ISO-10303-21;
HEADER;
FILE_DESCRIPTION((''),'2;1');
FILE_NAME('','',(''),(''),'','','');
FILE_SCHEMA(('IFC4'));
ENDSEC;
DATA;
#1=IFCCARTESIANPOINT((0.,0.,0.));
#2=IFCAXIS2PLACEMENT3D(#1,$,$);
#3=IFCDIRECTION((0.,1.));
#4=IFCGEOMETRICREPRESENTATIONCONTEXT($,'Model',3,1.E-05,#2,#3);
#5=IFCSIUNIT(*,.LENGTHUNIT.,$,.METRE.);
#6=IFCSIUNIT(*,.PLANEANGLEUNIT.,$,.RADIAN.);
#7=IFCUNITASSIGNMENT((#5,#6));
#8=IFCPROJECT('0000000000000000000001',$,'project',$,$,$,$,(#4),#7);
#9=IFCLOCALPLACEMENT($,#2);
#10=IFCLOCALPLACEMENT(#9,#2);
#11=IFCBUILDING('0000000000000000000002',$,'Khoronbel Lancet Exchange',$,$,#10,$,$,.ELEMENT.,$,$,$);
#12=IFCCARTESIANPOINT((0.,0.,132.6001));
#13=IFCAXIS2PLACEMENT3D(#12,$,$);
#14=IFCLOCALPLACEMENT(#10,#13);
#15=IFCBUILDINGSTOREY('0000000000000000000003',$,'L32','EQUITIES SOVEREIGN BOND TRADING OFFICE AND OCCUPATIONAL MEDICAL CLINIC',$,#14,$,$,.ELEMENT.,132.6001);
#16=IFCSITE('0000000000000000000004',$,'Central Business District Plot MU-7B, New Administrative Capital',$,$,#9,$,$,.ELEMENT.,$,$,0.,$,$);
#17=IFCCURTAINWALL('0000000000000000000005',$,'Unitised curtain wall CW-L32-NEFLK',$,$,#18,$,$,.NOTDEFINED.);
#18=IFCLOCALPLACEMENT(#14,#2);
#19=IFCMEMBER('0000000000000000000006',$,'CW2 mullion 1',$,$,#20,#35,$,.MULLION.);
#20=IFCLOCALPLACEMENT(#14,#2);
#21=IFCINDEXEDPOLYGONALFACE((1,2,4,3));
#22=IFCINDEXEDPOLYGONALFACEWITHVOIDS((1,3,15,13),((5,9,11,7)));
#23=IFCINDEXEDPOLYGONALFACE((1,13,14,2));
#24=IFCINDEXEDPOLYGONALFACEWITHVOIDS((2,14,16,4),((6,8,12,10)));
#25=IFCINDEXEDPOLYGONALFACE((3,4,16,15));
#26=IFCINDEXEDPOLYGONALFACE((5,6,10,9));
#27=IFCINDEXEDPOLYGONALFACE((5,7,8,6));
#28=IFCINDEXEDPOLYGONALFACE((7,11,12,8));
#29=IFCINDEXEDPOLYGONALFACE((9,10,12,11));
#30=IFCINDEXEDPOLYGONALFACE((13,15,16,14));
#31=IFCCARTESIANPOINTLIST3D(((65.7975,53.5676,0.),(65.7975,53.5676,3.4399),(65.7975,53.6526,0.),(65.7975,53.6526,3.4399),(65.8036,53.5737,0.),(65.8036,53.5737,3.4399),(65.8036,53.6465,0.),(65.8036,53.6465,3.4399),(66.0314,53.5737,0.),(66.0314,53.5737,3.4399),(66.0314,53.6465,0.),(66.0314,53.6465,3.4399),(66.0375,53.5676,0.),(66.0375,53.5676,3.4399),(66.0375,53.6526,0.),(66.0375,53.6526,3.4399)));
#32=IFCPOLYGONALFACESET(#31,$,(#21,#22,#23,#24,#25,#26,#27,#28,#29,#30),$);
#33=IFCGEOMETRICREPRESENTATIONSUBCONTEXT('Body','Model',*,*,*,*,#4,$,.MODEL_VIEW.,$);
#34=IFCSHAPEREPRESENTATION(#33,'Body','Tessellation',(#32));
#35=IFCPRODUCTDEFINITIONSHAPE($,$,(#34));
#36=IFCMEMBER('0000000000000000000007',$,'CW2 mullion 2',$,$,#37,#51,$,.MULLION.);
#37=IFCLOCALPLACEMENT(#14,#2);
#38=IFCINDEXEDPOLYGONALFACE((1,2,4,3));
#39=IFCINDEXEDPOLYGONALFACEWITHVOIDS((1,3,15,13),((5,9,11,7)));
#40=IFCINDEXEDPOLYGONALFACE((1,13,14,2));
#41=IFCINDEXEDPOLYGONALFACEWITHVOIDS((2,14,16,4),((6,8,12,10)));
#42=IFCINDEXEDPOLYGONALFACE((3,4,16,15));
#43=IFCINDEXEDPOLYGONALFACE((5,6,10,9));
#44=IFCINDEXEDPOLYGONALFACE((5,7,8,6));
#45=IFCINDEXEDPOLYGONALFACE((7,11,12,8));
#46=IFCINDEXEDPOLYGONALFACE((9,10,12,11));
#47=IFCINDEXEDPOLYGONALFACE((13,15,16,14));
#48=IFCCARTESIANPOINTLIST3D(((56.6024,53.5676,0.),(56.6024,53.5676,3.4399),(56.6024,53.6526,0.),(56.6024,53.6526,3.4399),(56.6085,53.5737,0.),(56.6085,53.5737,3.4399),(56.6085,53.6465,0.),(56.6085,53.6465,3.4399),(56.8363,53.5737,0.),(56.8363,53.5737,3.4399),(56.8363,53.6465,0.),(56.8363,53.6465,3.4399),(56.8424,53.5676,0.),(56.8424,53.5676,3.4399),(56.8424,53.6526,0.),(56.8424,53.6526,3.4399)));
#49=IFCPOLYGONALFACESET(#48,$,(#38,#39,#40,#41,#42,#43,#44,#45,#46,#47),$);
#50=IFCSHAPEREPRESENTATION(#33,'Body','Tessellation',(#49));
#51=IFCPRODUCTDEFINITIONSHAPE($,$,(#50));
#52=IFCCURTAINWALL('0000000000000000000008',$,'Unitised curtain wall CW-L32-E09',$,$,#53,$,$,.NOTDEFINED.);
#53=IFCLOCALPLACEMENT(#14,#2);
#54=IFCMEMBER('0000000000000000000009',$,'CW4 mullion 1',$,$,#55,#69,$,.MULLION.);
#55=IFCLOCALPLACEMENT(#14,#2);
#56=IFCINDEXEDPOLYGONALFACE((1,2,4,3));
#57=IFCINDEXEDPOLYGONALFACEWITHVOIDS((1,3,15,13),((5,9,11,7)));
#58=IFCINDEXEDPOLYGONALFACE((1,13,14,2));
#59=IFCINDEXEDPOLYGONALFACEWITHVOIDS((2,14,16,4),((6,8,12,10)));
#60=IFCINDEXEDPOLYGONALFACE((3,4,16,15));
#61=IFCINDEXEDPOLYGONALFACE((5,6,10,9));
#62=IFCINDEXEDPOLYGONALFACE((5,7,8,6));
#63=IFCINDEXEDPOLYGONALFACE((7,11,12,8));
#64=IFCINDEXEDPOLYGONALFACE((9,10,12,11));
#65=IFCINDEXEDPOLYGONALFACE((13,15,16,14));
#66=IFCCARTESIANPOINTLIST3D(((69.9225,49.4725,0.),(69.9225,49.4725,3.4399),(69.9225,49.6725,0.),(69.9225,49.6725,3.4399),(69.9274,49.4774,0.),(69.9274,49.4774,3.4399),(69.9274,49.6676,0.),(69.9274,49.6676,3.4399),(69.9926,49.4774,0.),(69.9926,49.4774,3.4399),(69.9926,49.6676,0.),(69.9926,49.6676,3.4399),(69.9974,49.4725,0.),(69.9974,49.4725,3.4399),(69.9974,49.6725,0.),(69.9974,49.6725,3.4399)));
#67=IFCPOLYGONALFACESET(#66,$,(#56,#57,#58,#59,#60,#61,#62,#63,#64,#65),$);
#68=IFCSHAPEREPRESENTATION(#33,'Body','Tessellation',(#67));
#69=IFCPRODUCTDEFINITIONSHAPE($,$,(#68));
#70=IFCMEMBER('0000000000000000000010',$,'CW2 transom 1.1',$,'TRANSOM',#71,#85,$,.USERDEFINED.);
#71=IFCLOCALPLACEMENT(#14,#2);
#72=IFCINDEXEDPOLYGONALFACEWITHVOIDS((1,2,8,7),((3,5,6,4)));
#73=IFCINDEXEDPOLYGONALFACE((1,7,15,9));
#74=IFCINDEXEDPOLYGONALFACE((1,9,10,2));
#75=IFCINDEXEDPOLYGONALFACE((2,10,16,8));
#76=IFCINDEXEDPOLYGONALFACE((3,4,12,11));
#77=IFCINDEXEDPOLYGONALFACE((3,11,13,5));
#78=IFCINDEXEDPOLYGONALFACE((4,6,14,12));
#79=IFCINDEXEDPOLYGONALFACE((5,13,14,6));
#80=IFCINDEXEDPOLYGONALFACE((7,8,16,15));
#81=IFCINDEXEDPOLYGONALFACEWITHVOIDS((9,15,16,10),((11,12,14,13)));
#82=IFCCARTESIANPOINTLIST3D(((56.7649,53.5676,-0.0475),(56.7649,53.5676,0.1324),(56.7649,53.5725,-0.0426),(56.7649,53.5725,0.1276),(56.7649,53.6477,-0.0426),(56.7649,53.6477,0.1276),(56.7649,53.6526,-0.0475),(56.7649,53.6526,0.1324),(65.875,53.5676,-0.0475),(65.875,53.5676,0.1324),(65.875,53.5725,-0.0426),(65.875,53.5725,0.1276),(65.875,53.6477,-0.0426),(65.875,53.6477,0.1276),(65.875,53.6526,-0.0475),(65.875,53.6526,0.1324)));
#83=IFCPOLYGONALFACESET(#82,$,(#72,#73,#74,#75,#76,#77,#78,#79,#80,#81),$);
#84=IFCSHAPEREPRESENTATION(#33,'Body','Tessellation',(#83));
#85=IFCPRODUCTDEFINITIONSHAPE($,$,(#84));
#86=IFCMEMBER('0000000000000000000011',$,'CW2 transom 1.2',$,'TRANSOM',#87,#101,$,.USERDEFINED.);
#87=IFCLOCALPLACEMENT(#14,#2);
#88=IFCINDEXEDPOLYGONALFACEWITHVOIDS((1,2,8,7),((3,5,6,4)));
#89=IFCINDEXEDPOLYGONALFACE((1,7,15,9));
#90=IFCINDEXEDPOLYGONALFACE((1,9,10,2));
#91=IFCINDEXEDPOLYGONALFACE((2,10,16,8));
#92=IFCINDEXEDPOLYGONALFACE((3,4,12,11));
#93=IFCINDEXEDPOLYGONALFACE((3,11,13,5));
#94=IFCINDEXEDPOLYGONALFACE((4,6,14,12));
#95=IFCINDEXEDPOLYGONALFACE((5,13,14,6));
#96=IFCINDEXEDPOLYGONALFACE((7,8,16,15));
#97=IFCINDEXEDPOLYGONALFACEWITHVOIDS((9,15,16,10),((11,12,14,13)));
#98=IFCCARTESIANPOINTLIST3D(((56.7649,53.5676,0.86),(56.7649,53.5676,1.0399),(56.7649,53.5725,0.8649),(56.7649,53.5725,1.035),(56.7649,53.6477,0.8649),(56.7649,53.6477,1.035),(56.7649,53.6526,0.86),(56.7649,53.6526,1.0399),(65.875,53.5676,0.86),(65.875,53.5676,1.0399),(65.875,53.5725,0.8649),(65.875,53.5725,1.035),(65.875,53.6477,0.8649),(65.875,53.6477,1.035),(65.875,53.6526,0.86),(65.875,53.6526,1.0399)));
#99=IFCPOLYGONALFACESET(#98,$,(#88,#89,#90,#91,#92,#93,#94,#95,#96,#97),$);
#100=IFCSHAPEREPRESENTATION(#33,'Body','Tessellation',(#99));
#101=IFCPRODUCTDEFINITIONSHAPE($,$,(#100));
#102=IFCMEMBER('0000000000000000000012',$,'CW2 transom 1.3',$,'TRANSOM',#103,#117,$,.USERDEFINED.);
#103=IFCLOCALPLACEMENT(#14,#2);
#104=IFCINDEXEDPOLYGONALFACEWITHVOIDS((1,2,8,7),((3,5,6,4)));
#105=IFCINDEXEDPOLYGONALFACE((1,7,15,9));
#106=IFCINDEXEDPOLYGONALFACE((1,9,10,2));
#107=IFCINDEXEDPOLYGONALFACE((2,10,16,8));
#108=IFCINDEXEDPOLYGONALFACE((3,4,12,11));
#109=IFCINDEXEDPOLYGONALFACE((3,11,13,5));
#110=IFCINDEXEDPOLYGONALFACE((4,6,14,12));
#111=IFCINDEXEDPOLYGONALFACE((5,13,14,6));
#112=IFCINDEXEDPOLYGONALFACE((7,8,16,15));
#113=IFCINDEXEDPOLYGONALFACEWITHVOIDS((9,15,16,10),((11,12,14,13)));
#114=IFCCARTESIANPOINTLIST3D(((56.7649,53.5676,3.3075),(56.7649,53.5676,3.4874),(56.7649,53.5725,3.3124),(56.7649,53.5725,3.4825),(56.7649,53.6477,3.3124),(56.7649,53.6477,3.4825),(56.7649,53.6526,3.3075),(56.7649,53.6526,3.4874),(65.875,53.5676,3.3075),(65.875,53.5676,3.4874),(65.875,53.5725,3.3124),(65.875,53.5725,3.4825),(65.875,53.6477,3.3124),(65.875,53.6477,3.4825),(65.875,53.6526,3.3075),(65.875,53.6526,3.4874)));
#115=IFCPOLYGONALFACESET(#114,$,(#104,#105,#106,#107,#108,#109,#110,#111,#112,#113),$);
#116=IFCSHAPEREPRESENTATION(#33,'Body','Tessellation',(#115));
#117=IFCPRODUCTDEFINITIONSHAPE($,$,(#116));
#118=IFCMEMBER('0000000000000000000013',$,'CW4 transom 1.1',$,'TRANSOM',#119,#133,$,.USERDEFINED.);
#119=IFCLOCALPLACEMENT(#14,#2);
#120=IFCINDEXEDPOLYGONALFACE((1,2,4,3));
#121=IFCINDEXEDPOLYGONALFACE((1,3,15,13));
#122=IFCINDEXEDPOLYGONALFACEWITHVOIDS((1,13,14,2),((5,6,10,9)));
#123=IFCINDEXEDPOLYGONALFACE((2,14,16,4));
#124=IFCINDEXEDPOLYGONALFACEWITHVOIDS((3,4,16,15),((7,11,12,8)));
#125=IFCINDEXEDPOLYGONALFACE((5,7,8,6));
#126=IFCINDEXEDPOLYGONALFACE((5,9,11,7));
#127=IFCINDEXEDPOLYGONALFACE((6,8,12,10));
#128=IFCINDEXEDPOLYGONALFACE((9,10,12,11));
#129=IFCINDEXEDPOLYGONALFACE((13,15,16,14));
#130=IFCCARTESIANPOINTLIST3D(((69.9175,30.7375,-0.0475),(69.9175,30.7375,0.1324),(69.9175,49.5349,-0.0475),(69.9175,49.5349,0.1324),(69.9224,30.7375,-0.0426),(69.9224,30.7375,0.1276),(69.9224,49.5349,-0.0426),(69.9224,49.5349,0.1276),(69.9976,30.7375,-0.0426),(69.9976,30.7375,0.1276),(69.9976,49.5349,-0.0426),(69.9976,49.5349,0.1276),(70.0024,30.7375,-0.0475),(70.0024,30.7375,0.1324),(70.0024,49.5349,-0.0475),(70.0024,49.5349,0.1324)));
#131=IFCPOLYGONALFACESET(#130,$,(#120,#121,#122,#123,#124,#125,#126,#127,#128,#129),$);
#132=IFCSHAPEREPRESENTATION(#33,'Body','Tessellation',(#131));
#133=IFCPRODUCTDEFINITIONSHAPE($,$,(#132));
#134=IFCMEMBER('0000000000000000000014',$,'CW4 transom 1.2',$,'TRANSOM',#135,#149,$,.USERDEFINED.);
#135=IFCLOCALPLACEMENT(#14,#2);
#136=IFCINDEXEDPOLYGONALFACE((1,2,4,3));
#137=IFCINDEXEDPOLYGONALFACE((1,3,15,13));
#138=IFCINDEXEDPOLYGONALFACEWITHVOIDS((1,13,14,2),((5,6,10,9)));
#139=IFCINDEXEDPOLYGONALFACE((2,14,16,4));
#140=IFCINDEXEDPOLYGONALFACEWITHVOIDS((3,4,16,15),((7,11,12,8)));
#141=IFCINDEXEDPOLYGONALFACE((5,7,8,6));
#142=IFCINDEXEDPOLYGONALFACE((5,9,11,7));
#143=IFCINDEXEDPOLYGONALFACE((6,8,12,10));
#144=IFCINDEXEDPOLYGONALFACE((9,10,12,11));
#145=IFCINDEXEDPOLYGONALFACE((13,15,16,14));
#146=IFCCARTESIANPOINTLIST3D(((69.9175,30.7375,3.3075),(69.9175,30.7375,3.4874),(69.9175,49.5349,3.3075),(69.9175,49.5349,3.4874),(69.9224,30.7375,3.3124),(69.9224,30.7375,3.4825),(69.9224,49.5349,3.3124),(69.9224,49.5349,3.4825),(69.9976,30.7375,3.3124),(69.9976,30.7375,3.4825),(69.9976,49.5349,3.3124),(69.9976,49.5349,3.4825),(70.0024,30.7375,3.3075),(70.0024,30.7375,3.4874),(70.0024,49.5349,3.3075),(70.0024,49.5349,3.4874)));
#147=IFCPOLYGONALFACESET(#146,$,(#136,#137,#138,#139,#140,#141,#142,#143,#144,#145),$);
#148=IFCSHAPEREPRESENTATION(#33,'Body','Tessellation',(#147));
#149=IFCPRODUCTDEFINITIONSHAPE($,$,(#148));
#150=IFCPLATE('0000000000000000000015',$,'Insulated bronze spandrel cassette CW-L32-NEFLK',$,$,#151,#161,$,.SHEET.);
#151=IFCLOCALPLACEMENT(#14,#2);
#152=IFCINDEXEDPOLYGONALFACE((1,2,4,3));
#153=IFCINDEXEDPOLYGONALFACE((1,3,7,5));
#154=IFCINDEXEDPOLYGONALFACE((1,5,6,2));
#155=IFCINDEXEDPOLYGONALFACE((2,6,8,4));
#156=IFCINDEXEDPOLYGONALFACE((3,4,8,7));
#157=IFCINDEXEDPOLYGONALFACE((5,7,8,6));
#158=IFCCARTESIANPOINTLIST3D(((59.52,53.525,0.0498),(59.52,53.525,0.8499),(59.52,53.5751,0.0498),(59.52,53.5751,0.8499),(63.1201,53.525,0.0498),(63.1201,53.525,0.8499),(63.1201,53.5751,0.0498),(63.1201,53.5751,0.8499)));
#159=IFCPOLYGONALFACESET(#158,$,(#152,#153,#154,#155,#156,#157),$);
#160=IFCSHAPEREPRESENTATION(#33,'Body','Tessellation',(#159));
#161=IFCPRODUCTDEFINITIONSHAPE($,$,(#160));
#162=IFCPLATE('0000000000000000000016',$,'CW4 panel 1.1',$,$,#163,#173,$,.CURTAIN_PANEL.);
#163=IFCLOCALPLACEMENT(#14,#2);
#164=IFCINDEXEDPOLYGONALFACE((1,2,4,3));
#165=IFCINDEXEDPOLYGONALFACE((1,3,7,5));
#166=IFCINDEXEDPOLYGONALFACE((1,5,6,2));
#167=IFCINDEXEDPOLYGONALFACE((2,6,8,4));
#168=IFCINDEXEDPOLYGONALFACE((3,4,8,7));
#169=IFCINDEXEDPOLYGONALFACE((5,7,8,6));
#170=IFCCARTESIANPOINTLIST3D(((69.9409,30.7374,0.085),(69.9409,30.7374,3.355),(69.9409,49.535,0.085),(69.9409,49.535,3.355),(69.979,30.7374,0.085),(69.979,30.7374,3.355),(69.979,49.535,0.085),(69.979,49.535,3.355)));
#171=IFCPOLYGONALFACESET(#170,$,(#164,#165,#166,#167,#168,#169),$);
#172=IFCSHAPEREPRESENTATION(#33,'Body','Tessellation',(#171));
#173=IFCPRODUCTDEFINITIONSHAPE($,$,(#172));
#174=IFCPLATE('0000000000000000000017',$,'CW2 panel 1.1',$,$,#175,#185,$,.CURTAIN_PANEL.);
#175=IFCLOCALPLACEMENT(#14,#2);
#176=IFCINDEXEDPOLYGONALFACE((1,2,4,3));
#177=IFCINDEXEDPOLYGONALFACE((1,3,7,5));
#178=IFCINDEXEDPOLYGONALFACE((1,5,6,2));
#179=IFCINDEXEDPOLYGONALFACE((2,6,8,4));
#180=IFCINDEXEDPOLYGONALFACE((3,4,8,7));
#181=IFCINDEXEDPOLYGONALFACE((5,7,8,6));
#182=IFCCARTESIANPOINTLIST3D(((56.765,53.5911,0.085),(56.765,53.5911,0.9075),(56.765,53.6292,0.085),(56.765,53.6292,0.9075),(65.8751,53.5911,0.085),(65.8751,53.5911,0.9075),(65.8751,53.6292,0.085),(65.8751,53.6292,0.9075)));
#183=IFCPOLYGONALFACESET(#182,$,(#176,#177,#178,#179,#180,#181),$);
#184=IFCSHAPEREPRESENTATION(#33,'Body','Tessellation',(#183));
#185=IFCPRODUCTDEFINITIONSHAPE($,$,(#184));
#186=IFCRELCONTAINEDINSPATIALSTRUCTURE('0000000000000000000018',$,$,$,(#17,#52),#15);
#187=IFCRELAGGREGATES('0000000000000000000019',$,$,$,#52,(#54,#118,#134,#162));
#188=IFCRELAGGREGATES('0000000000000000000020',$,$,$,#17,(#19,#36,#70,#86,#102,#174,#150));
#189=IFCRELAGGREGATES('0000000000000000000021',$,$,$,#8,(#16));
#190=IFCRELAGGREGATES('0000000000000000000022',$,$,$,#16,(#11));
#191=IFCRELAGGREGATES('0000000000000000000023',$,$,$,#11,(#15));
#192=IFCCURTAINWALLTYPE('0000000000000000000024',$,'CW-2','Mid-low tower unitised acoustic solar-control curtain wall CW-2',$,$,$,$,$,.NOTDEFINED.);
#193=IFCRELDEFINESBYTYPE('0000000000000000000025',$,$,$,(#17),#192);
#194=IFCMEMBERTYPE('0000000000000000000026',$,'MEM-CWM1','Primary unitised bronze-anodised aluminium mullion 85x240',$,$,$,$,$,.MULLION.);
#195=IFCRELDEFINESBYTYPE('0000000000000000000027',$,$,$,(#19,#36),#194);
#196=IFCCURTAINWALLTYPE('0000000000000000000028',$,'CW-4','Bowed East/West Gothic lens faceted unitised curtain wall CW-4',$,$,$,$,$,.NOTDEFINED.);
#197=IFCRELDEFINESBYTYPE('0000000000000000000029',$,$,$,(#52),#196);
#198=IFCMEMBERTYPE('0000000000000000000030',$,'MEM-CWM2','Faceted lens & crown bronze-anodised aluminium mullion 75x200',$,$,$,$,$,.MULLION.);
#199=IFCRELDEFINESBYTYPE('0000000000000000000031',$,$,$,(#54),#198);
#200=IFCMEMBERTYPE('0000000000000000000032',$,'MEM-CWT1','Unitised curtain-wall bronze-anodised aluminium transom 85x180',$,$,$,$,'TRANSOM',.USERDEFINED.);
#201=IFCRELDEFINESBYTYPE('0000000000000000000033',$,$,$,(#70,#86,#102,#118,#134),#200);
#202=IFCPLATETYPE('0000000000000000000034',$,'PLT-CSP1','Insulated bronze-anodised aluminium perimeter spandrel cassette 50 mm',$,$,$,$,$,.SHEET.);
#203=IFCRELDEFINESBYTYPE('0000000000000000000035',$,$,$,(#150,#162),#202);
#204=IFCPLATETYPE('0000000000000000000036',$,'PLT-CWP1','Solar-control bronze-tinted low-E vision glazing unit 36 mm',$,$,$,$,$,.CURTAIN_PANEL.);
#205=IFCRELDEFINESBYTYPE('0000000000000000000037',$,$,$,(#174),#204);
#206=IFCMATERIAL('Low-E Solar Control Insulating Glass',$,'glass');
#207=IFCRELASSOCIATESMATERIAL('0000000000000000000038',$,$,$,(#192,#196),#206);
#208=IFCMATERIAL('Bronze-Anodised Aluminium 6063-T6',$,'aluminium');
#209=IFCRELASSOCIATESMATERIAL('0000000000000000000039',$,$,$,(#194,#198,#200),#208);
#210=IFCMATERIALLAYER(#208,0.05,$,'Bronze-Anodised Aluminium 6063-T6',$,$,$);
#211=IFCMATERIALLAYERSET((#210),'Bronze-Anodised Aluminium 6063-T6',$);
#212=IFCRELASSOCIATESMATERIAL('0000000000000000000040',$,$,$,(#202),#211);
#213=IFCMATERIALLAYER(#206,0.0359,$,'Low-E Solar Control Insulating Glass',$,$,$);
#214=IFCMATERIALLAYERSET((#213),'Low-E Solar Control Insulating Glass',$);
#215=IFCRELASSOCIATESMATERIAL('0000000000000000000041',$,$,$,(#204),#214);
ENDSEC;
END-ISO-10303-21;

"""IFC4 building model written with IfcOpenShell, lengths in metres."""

from ifc_helpers import new_model, si_unit, direction, frame, origin, origin_2d, place, context, subcontext, project, spatial, rectangle, hollow_rectangle, extrude, material, layer, layer_set, material_profile, profile_set, type_object, element, aggregate, save


model = new_model("IFC4")

# Units and contexts
model_context = context("Model", 3, precision=1e-05, world=origin(), true_north=direction((0.0, 1.0)))
body_context = subcontext(model_context, "Body", "Model", "MODEL_VIEW")
ifc_project = project(units=[si_unit("LENGTHUNIT", "METRE"), si_unit("PLANEANGLEUNIT", "RADIAN")], contexts=[model_context])

# Site, building, storey
site_placement = place(None, origin())
site = spatial("IfcSite", under=ifc_project, at=site_placement, Name="Central Business District Plot MU-7B, New Administrative Capital", CompositionType="ELEMENT", RefElevation=0.0)
building_placement = place(site_placement, origin())
building = spatial("IfcBuilding", under=site, at=building_placement, Name="Khoronbel Lancet Exchange", CompositionType="ELEMENT")
storey_placement = place(building_placement, frame((0.0, 0.0, 132.6001)))
storey = spatial("IfcBuildingStorey", under=building, at=storey_placement, Name="L32", Description="EQUITIES SOVEREIGN BOND TRADING OFFICE AND OCCUPATIONAL MEDICAL CLINIC", CompositionType="ELEMENT", Elevation=132.6001)

# Curtain wall, members
ifc_material_1 = material(Name="Low-E Solar Control Insulating Glass", Category="glass")
curtain_wall_type_1 = type_object("IfcCurtainWallType", Name="CW-2", Description="Mid-low tower unitised acoustic solar-control curtain wall CW-2", PredefinedType="NOTDEFINED", material=ifc_material_1)
curtain_wall_1_placement = place(storey_placement, origin())
curtain_wall_1 = element("IfcCurtainWall", 1, at=curtain_wall_1_placement, inside=storey, type_object=curtain_wall_type_1, Name="Unitised curtain wall CW-L32-NEFLK", PredefinedType="NOTDEFINED")
ifc_material_2 = material(Name="Bronze-Anodised Aluminium 6063-T6", Category="aluminium")
ifc_material_profile_1 = material_profile(ifc_material_2, hollow_rectangle(XDim=0.085, YDim=0.24, WallThickness=0.0061, at=origin_2d()), Name="ALU MULLION 85x240")
ifc_profile_set_1 = profile_set([ifc_material_profile_1], Name="Bronze-Anodised Aluminium 6063-T6")
member_type_1 = type_object("IfcMemberType", Name="MEM-CWM1", Description="Primary unitised bronze-anodised aluminium mullion 85x240", PredefinedType="MULLION", material=ifc_profile_set_1)
member_1_placement = place(storey_placement, frame((65.9175, 53.6101, 0.0), z_axis=(0.0, 0.0, 1.0), x_axis=(0.0, -1.0, 0.0)))
member_1 = element("IfcMember", 2, at=member_1_placement, type_object=member_type_1, Name="CW2 mullion 1", PredefinedType="MULLION", context=body_context, shape_type="SweptSolid", body=[
    extrude(hollow_rectangle(XDim=0.085, YDim=0.24, WallThickness=0.0061, at=origin_2d()), origin(), (0.0, 0.0, 1.0), 3.4399),
])
member_2_placement = place(storey_placement, frame((56.7224, 53.6101, 0.0), z_axis=(0.0, 0.0, 1.0), x_axis=(0.0, -1.0, 0.0)))
member_2 = element("IfcMember", 3, at=member_2_placement, type_object=member_type_1, Name="CW2 mullion 2", PredefinedType="MULLION", context=body_context, shape_type="SweptSolid", body=[
    extrude(hollow_rectangle(XDim=0.085, YDim=0.24, WallThickness=0.0061, at=origin_2d()), origin(), (0.0, 0.0, 1.0), 3.4399),
])

# Curtain wall, member
curtain_wall_type_2 = type_object("IfcCurtainWallType", Name="CW-4", Description="Bowed East/West Gothic lens faceted unitised curtain wall CW-4", PredefinedType="NOTDEFINED", material=ifc_material_1)
curtain_wall_2_placement = place(storey_placement, origin())
curtain_wall_2 = element("IfcCurtainWall", 4, at=curtain_wall_2_placement, inside=storey, type_object=curtain_wall_type_2, Name="Unitised curtain wall CW-L32-E09", PredefinedType="NOTDEFINED")
ifc_material_profile_2 = material_profile(ifc_material_2, hollow_rectangle(XDim=0.075, YDim=0.2, WallThickness=0.0049, at=origin_2d()), Name="ALU MULLION 75x200")
ifc_profile_set_2 = profile_set([ifc_material_profile_2], Name="Bronze-Anodised Aluminium 6063-T6")
member_type_2 = type_object("IfcMemberType", Name="MEM-CWM2", Description="Faceted lens & crown bronze-anodised aluminium mullion 75x200", PredefinedType="MULLION", material=ifc_profile_set_2)
member_3_placement = place(storey_placement, frame((69.96, 49.5725, 0.0), z_axis=(0.0, 0.0, 1.0), x_axis=(1.0, 0.0, 0.0)))
member_3 = element("IfcMember", 5, at=member_3_placement, type_object=member_type_2, Name="CW4 mullion 1", PredefinedType="MULLION", context=body_context, shape_type="SweptSolid", body=[
    extrude(hollow_rectangle(XDim=0.075, YDim=0.2, WallThickness=0.0049, at=origin_2d()), origin(), (0.0, 0.0, 1.0), 3.4399),
])

# Members
ifc_material_profile_3 = material_profile(ifc_material_2, hollow_rectangle(XDim=0.085, YDim=0.1799, WallThickness=0.0049, at=origin_2d()), Name="ALU TRANSOM 85x180")
ifc_profile_set_3 = profile_set([ifc_material_profile_3], Name="Bronze-Anodised Aluminium 6063-T6")
member_type_3 = type_object("IfcMemberType", Name="MEM-CWT1", Description="Unitised curtain-wall bronze-anodised aluminium transom 85x180", ElementType="TRANSOM", PredefinedType="USERDEFINED", material=ifc_profile_set_3)
member_4_placement = place(storey_placement, frame((65.875, 53.6101, 0.0425), z_axis=(-1.0, 0.0, 0.0), x_axis=(0.0, -1.0, 0.0)))
member_4 = element("IfcMember", 6, at=member_4_placement, type_object=member_type_3, Name="CW2 transom 1.1", ObjectType="TRANSOM", PredefinedType="USERDEFINED", context=body_context, shape_type="SweptSolid", body=[
    extrude(hollow_rectangle(XDim=0.085, YDim=0.1799, WallThickness=0.0049, at=origin_2d()), origin(), (0.0, 0.0, 1.0), 9.1101),
])
member_5_placement = place(storey_placement, frame((65.875, 53.6101, 0.95), z_axis=(-1.0, 0.0, 0.0), x_axis=(0.0, -1.0, 0.0)))
member_5 = element("IfcMember", 7, at=member_5_placement, type_object=member_type_3, Name="CW2 transom 1.2", ObjectType="TRANSOM", PredefinedType="USERDEFINED", context=body_context, shape_type="SweptSolid", body=[
    extrude(hollow_rectangle(XDim=0.085, YDim=0.1799, WallThickness=0.0049, at=origin_2d()), origin(), (0.0, 0.0, 1.0), 9.1101),
])
member_6_placement = place(storey_placement, frame((65.875, 53.6101, 3.3975), z_axis=(-1.0, 0.0, 0.0), x_axis=(0.0, -1.0, 0.0)))
member_6 = element("IfcMember", 8, at=member_6_placement, type_object=member_type_3, Name="CW2 transom 1.3", ObjectType="TRANSOM", PredefinedType="USERDEFINED", context=body_context, shape_type="SweptSolid", body=[
    extrude(hollow_rectangle(XDim=0.085, YDim=0.1799, WallThickness=0.0049, at=origin_2d()), origin(), (0.0, 0.0, 1.0), 9.1101),
])
member_7_placement = place(storey_placement, frame((69.96, 49.5349, 0.0425), z_axis=(0.0, -1.0, 0.0), x_axis=(1.0, 0.0, 0.0)))
member_7 = element("IfcMember", 9, at=member_7_placement, type_object=member_type_3, Name="CW4 transom 1.1", ObjectType="TRANSOM", PredefinedType="USERDEFINED", context=body_context, shape_type="SweptSolid", body=[
    extrude(hollow_rectangle(XDim=0.085, YDim=0.1799, WallThickness=0.0049, at=origin_2d()), origin(), (0.0, 0.0, 1.0), 18.7974),
])
member_8_placement = place(storey_placement, frame((69.96, 49.5349, 3.3975), z_axis=(0.0, -1.0, 0.0), x_axis=(1.0, 0.0, 0.0)))
member_8 = element("IfcMember", 10, at=member_8_placement, type_object=member_type_3, Name="CW4 transom 1.2", ObjectType="TRANSOM", PredefinedType="USERDEFINED", context=body_context, shape_type="SweptSolid", body=[
    extrude(hollow_rectangle(XDim=0.085, YDim=0.1799, WallThickness=0.0049, at=origin_2d()), origin(), (0.0, 0.0, 1.0), 18.7974),
])

# Plates
ifc_layer_1 = layer(ifc_material_2, 0.05, Name="Bronze-Anodised Aluminium 6063-T6")
ifc_layer_set_1 = layer_set([ifc_layer_1], Name="Bronze-Anodised Aluminium 6063-T6")
plate_type_1 = type_object("IfcPlateType", Name="PLT-CSP1", Description="Insulated bronze-anodised aluminium perimeter spandrel cassette 50 mm", PredefinedType="SHEET", material=ifc_layer_set_1)
plate_1_placement = place(storey_placement, frame((61.3201, 53.55, 0.0498), z_axis=(0.0, 0.0, 1.0), x_axis=(-1.0, 0.0, 0.0)))
plate_1 = element("IfcPlate", 11, at=plate_1_placement, type_object=plate_type_1, Name="Insulated bronze spandrel cassette CW-L32-NEFLK", PredefinedType="SHEET", context=body_context, shape_type="SweptSolid", body=[
    extrude(rectangle(XDim=3.6001, YDim=0.05, at=origin_2d()), origin(), (0.0, 0.0, 1.0), 0.8),
])
plate_2_placement = place(storey_placement, frame((69.96, 40.1362, 0.085), z_axis=(0.0, 0.0, 1.0), x_axis=(0.0, -1.0, 0.0)))
plate_2 = element("IfcPlate", 12, at=plate_2_placement, type_object=plate_type_1, Name="CW4 panel 1.1", PredefinedType="CURTAIN_PANEL", context=body_context, shape_type="SweptSolid", body=[
    extrude(rectangle(XDim=18.7976, YDim=0.0381, at=origin_2d()), origin(), (0.0, 0.0, 1.0), 3.27),
])
aggregate(curtain_wall_2, [member_3, member_7, member_8, plate_2])
ifc_layer_2 = layer(ifc_material_1, 0.0359, Name="Low-E Solar Control Insulating Glass")
ifc_layer_set_2 = layer_set([ifc_layer_2], Name="Low-E Solar Control Insulating Glass")
plate_type_2 = type_object("IfcPlateType", Name="PLT-CWP1", Description="Solar-control bronze-tinted low-E vision glazing unit 36 mm", PredefinedType="CURTAIN_PANEL", material=ifc_layer_set_2)
plate_3_placement = place(storey_placement, frame((61.3201, 53.6101, 0.085), z_axis=(0.0, 0.0, 1.0), x_axis=(-1.0, 0.0, 0.0)))
plate_3 = element("IfcPlate", 13, at=plate_3_placement, type_object=plate_type_2, Name="CW2 panel 1.1", PredefinedType="CURTAIN_PANEL", context=body_context, shape_type="SweptSolid", body=[
    extrude(rectangle(XDim=9.1101, YDim=0.0381, at=origin_2d()), origin(), (0.0, 0.0, 1.0), 0.8225),
])
aggregate(curtain_wall_1, [member_1, member_2, member_4, member_5, member_6, plate_3, plate_1])

save(model, "model.ifc")
